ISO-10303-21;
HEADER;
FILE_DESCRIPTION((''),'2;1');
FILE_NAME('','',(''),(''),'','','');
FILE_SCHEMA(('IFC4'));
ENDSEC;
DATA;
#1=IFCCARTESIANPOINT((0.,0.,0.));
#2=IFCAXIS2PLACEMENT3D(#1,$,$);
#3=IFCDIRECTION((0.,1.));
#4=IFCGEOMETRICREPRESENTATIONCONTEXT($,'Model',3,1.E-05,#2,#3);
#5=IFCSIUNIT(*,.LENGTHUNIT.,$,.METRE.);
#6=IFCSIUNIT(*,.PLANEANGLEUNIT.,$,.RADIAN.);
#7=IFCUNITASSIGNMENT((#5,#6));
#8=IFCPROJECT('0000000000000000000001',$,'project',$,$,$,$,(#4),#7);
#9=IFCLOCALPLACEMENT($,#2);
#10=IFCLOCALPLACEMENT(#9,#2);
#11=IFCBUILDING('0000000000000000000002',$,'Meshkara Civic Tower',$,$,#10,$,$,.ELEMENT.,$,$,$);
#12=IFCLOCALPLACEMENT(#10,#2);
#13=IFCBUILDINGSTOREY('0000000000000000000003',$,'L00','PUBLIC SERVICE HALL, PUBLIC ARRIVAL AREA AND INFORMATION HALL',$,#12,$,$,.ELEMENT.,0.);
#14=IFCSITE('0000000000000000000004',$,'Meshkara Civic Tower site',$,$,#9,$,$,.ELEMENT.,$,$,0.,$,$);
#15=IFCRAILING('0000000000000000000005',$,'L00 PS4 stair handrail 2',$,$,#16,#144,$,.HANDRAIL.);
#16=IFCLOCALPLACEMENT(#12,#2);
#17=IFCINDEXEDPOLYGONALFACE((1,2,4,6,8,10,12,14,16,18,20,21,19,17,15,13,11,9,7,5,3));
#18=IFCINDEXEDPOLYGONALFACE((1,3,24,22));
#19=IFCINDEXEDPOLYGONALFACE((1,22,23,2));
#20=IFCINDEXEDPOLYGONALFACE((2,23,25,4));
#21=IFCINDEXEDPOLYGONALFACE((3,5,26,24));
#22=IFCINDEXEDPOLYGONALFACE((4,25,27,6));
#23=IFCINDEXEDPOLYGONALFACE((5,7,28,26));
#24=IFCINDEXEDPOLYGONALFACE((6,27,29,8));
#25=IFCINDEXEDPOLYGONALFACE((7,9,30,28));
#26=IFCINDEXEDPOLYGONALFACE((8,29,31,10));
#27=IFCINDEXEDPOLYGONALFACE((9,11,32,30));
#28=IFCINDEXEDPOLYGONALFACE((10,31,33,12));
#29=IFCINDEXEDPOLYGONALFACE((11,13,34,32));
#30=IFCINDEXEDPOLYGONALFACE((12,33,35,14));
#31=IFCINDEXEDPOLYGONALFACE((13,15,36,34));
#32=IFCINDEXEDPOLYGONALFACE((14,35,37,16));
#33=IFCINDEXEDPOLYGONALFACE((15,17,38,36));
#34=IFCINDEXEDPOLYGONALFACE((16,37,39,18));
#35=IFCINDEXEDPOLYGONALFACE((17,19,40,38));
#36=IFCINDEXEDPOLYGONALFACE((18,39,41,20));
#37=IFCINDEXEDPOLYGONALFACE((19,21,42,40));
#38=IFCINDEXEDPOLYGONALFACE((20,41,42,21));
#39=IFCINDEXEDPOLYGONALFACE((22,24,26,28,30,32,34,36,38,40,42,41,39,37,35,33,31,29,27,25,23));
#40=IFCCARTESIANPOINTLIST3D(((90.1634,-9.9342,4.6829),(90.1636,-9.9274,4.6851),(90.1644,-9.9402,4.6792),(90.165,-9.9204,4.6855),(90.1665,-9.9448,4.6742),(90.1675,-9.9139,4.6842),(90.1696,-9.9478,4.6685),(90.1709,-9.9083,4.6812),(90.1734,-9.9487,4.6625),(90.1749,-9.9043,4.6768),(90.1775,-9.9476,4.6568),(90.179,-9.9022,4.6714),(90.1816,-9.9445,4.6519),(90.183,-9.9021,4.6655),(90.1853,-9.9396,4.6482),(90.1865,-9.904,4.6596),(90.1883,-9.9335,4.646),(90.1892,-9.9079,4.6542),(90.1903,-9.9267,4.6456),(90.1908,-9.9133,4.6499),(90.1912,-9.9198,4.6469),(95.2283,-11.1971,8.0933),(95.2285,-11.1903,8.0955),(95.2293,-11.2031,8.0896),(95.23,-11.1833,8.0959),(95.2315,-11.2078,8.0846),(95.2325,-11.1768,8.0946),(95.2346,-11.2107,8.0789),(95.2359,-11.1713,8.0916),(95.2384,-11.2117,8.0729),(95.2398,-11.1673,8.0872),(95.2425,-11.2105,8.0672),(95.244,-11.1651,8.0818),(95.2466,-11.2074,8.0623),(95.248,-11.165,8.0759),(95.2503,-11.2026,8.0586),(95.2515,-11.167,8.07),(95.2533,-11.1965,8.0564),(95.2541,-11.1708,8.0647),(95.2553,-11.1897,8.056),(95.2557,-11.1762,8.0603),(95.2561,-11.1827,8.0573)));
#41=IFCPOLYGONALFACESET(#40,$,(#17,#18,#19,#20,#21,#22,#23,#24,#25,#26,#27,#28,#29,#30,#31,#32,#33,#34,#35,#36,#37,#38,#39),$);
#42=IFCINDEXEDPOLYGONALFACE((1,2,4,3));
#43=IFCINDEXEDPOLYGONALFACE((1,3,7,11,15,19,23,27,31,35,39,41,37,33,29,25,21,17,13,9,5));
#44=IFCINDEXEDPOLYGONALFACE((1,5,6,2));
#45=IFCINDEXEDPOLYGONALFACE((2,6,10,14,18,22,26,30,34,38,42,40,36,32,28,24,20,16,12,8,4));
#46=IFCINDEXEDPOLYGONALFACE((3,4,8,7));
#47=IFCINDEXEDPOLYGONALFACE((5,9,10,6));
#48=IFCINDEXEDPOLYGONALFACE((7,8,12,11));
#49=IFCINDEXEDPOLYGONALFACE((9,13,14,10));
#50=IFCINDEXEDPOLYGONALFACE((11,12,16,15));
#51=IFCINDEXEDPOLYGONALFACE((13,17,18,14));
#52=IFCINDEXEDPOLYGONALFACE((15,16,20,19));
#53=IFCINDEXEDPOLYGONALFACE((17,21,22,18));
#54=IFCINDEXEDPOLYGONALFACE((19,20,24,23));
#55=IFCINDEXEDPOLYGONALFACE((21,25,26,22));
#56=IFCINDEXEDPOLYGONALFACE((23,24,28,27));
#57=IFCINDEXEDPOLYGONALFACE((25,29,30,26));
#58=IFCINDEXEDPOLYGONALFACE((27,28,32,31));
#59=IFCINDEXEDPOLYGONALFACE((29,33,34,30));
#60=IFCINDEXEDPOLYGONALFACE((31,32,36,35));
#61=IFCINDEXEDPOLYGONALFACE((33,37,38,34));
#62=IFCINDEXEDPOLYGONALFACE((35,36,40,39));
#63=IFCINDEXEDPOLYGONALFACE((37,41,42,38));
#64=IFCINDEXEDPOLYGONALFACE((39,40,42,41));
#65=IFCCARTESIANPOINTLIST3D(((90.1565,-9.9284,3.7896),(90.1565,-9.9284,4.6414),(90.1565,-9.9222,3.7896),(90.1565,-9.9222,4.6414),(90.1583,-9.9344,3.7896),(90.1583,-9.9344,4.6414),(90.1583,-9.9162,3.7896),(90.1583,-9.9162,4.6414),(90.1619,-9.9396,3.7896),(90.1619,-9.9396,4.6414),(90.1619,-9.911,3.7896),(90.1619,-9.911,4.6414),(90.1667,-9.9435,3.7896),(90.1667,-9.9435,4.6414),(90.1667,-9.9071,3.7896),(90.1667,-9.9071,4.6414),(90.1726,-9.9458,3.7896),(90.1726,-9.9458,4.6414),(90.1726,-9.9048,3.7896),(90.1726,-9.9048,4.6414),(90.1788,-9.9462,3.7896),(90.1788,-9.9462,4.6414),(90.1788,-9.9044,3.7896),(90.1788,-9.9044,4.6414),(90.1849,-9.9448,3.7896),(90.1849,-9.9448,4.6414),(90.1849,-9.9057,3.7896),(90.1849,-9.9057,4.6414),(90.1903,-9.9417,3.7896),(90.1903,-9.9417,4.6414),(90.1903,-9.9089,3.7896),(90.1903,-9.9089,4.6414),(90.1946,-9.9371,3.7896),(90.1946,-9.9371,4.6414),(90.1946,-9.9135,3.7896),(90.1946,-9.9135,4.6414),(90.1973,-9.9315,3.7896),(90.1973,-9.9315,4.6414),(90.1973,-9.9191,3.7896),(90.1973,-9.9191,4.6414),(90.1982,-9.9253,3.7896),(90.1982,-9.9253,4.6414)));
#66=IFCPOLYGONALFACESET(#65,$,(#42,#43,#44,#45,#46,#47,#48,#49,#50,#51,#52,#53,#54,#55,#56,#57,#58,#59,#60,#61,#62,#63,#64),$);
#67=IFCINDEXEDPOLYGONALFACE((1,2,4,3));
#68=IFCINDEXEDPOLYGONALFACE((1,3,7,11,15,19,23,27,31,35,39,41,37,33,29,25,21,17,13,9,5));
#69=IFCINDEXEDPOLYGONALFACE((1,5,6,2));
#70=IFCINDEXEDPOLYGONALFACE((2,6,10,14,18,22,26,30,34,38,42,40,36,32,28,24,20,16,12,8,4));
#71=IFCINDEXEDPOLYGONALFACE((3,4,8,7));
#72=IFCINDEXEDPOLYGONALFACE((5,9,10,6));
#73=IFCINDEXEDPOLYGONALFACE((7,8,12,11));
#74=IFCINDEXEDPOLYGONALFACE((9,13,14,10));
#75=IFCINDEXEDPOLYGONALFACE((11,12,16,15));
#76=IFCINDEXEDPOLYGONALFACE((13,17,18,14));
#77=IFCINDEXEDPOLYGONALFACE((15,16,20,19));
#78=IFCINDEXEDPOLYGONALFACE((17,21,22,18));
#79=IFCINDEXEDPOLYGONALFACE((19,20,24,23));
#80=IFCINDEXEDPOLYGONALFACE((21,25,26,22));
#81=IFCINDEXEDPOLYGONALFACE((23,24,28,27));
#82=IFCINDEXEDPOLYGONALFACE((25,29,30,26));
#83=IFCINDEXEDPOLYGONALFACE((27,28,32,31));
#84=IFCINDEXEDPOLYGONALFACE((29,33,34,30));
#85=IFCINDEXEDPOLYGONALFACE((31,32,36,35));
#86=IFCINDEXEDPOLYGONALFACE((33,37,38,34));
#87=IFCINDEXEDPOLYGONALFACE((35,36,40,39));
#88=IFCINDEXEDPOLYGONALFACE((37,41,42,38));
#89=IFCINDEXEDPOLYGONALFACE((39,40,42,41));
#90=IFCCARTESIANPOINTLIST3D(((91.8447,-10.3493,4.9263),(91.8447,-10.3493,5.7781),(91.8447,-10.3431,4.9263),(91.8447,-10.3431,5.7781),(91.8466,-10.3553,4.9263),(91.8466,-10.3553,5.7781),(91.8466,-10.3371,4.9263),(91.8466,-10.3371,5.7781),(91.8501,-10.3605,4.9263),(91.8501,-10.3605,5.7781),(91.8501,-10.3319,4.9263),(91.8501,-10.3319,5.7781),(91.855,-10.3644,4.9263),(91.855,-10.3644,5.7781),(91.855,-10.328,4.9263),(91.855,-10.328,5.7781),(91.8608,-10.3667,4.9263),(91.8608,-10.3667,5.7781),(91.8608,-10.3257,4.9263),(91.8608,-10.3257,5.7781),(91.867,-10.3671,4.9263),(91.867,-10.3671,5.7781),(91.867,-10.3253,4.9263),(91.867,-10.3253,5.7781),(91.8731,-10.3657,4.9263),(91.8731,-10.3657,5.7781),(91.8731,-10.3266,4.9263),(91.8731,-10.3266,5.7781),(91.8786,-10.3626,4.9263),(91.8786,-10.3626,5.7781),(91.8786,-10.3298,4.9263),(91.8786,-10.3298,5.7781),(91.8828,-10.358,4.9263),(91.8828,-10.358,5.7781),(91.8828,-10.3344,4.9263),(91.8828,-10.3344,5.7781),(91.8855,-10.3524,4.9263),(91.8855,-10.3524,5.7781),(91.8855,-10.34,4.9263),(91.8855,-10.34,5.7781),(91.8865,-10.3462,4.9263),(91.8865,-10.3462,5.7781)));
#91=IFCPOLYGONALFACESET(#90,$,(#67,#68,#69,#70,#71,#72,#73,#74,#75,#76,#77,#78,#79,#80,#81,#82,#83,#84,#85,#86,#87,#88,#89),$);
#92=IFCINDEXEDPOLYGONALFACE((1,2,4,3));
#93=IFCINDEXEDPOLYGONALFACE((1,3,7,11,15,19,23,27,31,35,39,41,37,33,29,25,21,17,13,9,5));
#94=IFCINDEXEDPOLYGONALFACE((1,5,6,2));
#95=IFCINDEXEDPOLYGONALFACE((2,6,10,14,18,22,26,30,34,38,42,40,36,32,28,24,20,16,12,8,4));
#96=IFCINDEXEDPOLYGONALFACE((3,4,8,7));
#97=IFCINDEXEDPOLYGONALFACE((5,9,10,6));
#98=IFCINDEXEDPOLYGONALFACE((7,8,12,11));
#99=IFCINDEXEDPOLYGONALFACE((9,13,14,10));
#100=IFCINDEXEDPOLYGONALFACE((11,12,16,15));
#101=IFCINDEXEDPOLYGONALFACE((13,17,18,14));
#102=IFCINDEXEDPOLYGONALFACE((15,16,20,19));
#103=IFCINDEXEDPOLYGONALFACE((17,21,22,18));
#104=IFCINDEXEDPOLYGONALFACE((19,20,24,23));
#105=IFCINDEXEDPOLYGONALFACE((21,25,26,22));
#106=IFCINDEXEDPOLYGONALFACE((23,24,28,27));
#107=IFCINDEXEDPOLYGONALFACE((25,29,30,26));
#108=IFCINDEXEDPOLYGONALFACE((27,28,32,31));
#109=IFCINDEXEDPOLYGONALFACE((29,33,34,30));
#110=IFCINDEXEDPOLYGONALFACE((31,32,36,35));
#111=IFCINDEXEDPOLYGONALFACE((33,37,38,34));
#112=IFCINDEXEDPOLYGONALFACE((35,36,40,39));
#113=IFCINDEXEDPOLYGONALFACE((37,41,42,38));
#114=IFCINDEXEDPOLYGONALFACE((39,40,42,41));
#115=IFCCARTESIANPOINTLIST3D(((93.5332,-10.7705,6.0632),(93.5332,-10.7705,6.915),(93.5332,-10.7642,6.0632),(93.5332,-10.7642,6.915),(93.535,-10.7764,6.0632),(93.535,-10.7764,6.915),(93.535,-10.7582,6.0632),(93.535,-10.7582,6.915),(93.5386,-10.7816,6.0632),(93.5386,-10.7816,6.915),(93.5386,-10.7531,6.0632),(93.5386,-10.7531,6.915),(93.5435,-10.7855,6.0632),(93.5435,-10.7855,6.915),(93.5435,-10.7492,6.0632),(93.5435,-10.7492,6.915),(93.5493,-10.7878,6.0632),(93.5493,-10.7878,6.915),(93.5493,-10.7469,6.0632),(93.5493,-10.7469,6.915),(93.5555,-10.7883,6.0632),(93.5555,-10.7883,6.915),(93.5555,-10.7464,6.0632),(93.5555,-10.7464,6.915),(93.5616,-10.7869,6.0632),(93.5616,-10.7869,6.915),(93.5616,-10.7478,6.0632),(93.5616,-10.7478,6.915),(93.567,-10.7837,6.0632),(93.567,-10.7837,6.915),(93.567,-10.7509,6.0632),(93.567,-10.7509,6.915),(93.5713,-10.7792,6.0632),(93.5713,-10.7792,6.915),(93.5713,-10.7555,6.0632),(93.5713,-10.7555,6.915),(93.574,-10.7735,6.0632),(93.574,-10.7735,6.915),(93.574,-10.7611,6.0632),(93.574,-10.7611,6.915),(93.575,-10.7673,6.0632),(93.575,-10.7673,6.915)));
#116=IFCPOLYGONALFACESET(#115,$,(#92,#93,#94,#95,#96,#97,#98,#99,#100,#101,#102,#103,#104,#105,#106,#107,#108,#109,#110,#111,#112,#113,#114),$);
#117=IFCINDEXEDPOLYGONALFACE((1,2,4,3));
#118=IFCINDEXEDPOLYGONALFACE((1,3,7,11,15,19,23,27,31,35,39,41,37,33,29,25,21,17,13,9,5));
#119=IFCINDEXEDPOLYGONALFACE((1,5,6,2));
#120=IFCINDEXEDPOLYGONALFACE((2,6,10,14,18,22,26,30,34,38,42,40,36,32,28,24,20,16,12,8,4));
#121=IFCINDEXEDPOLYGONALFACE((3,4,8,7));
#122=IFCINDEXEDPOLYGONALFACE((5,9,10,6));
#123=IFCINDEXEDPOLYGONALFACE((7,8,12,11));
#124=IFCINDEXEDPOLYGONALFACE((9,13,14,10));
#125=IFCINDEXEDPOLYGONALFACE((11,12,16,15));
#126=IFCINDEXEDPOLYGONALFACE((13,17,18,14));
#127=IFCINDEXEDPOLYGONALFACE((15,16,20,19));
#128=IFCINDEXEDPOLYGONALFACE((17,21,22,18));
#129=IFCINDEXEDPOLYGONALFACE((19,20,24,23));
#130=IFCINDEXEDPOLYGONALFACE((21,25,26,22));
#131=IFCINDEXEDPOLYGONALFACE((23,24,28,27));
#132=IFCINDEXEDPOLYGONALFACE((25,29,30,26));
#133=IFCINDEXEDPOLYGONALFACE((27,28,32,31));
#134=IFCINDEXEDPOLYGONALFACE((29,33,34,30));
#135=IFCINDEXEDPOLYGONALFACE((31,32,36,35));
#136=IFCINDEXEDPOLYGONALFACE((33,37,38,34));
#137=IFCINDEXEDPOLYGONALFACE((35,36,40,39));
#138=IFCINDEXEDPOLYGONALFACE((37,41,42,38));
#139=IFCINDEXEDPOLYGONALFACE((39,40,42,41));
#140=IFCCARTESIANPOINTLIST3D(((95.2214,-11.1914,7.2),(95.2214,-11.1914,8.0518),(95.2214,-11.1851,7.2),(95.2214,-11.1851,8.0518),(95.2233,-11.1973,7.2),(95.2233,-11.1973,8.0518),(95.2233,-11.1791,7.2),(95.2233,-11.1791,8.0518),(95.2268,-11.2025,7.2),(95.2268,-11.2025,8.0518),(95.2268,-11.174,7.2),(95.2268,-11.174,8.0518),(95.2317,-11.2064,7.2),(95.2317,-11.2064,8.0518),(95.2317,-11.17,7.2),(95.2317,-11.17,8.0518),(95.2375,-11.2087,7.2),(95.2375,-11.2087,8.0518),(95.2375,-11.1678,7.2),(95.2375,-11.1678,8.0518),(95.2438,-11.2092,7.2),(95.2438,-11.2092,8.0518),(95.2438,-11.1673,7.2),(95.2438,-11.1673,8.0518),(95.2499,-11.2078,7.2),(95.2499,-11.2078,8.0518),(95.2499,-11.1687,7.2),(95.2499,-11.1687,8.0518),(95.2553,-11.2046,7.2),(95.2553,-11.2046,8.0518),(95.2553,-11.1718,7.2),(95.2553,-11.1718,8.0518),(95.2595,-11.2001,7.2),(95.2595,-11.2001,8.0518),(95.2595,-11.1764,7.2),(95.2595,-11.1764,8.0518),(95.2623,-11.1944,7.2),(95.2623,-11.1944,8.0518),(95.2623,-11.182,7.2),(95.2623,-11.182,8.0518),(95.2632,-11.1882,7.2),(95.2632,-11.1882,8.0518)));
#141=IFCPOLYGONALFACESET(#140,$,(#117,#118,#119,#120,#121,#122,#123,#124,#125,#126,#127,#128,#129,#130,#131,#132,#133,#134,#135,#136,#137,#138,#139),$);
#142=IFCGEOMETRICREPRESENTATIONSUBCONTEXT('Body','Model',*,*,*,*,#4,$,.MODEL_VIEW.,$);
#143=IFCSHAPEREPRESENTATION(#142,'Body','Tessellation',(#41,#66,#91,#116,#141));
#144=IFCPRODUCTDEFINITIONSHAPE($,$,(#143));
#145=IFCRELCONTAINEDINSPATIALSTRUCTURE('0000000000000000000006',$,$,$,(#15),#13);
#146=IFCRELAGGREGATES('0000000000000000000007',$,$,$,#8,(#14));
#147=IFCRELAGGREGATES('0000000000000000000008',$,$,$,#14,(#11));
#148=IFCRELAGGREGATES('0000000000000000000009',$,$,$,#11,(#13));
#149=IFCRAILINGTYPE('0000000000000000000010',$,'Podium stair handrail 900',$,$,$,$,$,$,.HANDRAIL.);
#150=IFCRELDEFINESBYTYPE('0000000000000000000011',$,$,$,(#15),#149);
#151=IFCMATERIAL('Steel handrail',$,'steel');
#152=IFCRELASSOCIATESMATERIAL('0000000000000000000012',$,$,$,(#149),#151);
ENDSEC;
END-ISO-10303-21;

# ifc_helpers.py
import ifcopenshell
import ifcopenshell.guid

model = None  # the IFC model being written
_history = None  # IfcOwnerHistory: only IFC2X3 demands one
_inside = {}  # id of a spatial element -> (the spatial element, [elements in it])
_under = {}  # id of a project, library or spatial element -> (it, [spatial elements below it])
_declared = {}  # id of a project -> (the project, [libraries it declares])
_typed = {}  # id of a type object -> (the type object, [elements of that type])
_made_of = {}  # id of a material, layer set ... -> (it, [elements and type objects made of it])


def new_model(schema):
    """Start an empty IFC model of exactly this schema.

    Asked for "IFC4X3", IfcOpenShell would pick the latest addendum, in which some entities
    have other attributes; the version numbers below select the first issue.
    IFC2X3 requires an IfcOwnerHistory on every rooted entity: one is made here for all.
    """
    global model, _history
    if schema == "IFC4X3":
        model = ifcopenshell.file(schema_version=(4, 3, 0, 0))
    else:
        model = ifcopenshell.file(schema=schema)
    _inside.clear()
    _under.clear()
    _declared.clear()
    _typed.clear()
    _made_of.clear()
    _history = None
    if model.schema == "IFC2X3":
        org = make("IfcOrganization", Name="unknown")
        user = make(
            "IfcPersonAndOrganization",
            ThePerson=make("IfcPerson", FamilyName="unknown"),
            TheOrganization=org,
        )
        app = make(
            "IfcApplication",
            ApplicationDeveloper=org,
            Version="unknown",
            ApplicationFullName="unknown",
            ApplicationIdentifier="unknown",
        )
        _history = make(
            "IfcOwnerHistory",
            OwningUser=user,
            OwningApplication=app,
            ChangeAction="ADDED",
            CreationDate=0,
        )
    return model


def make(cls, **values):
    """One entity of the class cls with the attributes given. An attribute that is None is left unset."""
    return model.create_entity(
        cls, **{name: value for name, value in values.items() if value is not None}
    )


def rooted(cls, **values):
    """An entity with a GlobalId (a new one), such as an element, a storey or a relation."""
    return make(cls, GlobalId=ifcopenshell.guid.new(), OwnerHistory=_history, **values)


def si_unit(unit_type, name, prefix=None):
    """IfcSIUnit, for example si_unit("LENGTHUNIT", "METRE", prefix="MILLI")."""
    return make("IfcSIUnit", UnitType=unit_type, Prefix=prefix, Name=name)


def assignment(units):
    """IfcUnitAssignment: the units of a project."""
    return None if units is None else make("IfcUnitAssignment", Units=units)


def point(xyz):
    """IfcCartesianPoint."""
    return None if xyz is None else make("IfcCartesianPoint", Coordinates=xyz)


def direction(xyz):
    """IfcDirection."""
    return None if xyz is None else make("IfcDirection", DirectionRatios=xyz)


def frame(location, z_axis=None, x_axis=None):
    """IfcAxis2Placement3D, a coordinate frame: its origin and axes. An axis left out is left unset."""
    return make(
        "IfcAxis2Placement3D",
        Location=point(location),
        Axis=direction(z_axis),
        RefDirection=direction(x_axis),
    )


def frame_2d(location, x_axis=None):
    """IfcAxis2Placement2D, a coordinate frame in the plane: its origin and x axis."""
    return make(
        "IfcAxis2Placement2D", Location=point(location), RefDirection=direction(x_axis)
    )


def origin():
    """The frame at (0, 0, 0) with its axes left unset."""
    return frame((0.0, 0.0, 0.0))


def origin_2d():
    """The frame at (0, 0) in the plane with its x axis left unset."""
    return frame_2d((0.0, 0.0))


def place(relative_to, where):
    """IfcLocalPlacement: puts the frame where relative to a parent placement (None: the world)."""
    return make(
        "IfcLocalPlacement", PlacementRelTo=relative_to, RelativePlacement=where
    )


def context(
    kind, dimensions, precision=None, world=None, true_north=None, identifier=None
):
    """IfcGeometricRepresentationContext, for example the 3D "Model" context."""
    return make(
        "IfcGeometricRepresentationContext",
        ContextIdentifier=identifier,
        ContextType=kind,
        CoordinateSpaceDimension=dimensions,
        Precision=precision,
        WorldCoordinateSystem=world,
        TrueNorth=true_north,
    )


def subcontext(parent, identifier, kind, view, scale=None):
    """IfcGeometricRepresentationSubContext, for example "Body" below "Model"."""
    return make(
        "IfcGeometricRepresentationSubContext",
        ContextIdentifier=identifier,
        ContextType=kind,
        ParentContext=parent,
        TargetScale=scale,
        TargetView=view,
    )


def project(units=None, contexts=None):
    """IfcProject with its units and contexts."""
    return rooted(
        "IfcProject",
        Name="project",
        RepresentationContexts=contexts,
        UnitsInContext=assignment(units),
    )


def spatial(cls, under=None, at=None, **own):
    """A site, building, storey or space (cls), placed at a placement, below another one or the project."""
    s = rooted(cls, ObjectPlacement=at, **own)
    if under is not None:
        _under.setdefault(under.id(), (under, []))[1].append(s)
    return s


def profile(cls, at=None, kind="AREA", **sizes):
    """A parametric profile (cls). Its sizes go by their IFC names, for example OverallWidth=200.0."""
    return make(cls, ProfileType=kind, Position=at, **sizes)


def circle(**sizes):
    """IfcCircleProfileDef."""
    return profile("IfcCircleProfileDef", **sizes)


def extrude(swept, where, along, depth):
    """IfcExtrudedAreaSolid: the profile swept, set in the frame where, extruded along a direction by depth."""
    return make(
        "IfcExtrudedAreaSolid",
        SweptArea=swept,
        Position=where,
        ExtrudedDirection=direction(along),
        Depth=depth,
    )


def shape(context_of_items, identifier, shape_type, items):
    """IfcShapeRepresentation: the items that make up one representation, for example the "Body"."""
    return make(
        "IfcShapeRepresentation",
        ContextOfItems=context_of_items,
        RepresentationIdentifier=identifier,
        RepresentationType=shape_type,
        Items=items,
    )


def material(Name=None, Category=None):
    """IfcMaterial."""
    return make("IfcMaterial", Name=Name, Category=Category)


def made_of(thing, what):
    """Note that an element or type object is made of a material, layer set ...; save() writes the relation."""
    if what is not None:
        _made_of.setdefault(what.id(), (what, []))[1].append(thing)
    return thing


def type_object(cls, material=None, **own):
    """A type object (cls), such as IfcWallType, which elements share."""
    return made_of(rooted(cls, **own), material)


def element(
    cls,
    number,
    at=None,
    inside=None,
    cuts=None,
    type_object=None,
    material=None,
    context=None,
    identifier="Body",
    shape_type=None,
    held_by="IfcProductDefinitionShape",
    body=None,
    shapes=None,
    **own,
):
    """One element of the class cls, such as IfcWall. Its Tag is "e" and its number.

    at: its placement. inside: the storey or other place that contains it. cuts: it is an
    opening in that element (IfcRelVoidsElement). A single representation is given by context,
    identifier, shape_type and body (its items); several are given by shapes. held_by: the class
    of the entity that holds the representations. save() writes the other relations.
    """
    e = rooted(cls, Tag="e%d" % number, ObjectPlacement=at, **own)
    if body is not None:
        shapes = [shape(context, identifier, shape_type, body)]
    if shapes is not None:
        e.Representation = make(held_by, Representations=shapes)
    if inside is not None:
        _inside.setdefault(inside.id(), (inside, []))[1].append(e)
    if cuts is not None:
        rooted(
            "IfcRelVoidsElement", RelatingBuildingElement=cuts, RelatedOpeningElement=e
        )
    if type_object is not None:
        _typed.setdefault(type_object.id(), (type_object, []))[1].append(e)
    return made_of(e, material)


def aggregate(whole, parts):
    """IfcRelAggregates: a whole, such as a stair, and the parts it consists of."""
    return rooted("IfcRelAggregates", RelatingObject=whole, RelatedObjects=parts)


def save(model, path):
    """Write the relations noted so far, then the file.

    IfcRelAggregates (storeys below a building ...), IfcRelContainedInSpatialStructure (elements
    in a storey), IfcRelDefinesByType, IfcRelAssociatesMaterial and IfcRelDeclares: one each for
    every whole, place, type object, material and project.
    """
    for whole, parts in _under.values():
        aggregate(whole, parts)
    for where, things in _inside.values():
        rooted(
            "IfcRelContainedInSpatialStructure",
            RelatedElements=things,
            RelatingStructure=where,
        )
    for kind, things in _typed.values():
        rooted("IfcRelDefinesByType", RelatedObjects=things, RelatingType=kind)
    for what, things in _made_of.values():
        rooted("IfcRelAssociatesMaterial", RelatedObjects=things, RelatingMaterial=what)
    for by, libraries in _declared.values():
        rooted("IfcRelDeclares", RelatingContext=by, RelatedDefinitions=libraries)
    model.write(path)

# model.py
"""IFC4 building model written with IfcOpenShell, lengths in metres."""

from ifc_helpers import new_model, si_unit, direction, frame, origin, origin_2d, place, context, subcontext, project, spatial, circle, extrude, material, type_object, element, save


model = new_model("IFC4")

# Units and contexts
model_context = context("Model", 3, precision=1e-05, world=origin(), true_north=direction((0.0, 1.0)))
body_context = subcontext(model_context, "Body", "Model", "MODEL_VIEW")
ifc_project = project(units=[si_unit("LENGTHUNIT", "METRE"), si_unit("PLANEANGLEUNIT", "RADIAN")], contexts=[model_context])

# Site, building, storey
site_placement = place(None, origin())
site = spatial("IfcSite", under=ifc_project, at=site_placement, Name="Meshkara Civic Tower site", CompositionType="ELEMENT", RefElevation=0.0)
building_placement = place(site_placement, origin())
building = spatial("IfcBuilding", under=site, at=building_placement, Name="Meshkara Civic Tower", CompositionType="ELEMENT")
storey_placement = place(building_placement, origin())
storey = spatial("IfcBuildingStorey", under=building, at=storey_placement, Name="L00", Description="PUBLIC SERVICE HALL, PUBLIC ARRIVAL AREA AND INFORMATION HALL", CompositionType="ELEMENT", Elevation=0.0)

# Railing
ifc_material_1 = material(Name="Steel handrail", Category="steel")
railing_type_1 = type_object("IfcRailingType", Name="Podium stair handrail 900", PredefinedType="HANDRAIL", material=ifc_material_1)
railing_1_placement = place(storey_placement, frame((90.1772, -9.9253, 3.7896)))
element("IfcRailing", 1, at=railing_1_placement, inside=storey, type_object=railing_type_1, Name="L00 PS4 stair handrail 2", PredefinedType="HANDRAIL", context=body_context, shape_type="SweptSolid", body=[
    extrude(circle(Radius=0.0239, at=origin_2d()), frame((0.0, 0.0, 0.876), z_axis=(0.812296, -0.202545, 0.546947), x_axis=(0.241941, 0.970291, 0.0)), (0.0, 0.0, 1.0), 6.2354),
    extrude(circle(Radius=0.021, at=origin_2d()), origin(), (0.0, 0.0, 1.0), 0.8518),
    extrude(circle(Radius=0.021, at=origin_2d()), frame((1.6882, -0.4209, 1.1367)), (0.0, 0.0, 1.0), 0.8518),
    extrude(circle(Radius=0.021, at=origin_2d()), frame((3.3767, -0.842, 2.2737)), (0.0, 0.0, 1.0), 0.8518),
    extrude(circle(Radius=0.021, at=origin_2d()), frame((5.0649, -1.2629, 3.4104)), (0.0, 0.0, 1.0), 0.8518),
])

save(model, "model.ifc")
